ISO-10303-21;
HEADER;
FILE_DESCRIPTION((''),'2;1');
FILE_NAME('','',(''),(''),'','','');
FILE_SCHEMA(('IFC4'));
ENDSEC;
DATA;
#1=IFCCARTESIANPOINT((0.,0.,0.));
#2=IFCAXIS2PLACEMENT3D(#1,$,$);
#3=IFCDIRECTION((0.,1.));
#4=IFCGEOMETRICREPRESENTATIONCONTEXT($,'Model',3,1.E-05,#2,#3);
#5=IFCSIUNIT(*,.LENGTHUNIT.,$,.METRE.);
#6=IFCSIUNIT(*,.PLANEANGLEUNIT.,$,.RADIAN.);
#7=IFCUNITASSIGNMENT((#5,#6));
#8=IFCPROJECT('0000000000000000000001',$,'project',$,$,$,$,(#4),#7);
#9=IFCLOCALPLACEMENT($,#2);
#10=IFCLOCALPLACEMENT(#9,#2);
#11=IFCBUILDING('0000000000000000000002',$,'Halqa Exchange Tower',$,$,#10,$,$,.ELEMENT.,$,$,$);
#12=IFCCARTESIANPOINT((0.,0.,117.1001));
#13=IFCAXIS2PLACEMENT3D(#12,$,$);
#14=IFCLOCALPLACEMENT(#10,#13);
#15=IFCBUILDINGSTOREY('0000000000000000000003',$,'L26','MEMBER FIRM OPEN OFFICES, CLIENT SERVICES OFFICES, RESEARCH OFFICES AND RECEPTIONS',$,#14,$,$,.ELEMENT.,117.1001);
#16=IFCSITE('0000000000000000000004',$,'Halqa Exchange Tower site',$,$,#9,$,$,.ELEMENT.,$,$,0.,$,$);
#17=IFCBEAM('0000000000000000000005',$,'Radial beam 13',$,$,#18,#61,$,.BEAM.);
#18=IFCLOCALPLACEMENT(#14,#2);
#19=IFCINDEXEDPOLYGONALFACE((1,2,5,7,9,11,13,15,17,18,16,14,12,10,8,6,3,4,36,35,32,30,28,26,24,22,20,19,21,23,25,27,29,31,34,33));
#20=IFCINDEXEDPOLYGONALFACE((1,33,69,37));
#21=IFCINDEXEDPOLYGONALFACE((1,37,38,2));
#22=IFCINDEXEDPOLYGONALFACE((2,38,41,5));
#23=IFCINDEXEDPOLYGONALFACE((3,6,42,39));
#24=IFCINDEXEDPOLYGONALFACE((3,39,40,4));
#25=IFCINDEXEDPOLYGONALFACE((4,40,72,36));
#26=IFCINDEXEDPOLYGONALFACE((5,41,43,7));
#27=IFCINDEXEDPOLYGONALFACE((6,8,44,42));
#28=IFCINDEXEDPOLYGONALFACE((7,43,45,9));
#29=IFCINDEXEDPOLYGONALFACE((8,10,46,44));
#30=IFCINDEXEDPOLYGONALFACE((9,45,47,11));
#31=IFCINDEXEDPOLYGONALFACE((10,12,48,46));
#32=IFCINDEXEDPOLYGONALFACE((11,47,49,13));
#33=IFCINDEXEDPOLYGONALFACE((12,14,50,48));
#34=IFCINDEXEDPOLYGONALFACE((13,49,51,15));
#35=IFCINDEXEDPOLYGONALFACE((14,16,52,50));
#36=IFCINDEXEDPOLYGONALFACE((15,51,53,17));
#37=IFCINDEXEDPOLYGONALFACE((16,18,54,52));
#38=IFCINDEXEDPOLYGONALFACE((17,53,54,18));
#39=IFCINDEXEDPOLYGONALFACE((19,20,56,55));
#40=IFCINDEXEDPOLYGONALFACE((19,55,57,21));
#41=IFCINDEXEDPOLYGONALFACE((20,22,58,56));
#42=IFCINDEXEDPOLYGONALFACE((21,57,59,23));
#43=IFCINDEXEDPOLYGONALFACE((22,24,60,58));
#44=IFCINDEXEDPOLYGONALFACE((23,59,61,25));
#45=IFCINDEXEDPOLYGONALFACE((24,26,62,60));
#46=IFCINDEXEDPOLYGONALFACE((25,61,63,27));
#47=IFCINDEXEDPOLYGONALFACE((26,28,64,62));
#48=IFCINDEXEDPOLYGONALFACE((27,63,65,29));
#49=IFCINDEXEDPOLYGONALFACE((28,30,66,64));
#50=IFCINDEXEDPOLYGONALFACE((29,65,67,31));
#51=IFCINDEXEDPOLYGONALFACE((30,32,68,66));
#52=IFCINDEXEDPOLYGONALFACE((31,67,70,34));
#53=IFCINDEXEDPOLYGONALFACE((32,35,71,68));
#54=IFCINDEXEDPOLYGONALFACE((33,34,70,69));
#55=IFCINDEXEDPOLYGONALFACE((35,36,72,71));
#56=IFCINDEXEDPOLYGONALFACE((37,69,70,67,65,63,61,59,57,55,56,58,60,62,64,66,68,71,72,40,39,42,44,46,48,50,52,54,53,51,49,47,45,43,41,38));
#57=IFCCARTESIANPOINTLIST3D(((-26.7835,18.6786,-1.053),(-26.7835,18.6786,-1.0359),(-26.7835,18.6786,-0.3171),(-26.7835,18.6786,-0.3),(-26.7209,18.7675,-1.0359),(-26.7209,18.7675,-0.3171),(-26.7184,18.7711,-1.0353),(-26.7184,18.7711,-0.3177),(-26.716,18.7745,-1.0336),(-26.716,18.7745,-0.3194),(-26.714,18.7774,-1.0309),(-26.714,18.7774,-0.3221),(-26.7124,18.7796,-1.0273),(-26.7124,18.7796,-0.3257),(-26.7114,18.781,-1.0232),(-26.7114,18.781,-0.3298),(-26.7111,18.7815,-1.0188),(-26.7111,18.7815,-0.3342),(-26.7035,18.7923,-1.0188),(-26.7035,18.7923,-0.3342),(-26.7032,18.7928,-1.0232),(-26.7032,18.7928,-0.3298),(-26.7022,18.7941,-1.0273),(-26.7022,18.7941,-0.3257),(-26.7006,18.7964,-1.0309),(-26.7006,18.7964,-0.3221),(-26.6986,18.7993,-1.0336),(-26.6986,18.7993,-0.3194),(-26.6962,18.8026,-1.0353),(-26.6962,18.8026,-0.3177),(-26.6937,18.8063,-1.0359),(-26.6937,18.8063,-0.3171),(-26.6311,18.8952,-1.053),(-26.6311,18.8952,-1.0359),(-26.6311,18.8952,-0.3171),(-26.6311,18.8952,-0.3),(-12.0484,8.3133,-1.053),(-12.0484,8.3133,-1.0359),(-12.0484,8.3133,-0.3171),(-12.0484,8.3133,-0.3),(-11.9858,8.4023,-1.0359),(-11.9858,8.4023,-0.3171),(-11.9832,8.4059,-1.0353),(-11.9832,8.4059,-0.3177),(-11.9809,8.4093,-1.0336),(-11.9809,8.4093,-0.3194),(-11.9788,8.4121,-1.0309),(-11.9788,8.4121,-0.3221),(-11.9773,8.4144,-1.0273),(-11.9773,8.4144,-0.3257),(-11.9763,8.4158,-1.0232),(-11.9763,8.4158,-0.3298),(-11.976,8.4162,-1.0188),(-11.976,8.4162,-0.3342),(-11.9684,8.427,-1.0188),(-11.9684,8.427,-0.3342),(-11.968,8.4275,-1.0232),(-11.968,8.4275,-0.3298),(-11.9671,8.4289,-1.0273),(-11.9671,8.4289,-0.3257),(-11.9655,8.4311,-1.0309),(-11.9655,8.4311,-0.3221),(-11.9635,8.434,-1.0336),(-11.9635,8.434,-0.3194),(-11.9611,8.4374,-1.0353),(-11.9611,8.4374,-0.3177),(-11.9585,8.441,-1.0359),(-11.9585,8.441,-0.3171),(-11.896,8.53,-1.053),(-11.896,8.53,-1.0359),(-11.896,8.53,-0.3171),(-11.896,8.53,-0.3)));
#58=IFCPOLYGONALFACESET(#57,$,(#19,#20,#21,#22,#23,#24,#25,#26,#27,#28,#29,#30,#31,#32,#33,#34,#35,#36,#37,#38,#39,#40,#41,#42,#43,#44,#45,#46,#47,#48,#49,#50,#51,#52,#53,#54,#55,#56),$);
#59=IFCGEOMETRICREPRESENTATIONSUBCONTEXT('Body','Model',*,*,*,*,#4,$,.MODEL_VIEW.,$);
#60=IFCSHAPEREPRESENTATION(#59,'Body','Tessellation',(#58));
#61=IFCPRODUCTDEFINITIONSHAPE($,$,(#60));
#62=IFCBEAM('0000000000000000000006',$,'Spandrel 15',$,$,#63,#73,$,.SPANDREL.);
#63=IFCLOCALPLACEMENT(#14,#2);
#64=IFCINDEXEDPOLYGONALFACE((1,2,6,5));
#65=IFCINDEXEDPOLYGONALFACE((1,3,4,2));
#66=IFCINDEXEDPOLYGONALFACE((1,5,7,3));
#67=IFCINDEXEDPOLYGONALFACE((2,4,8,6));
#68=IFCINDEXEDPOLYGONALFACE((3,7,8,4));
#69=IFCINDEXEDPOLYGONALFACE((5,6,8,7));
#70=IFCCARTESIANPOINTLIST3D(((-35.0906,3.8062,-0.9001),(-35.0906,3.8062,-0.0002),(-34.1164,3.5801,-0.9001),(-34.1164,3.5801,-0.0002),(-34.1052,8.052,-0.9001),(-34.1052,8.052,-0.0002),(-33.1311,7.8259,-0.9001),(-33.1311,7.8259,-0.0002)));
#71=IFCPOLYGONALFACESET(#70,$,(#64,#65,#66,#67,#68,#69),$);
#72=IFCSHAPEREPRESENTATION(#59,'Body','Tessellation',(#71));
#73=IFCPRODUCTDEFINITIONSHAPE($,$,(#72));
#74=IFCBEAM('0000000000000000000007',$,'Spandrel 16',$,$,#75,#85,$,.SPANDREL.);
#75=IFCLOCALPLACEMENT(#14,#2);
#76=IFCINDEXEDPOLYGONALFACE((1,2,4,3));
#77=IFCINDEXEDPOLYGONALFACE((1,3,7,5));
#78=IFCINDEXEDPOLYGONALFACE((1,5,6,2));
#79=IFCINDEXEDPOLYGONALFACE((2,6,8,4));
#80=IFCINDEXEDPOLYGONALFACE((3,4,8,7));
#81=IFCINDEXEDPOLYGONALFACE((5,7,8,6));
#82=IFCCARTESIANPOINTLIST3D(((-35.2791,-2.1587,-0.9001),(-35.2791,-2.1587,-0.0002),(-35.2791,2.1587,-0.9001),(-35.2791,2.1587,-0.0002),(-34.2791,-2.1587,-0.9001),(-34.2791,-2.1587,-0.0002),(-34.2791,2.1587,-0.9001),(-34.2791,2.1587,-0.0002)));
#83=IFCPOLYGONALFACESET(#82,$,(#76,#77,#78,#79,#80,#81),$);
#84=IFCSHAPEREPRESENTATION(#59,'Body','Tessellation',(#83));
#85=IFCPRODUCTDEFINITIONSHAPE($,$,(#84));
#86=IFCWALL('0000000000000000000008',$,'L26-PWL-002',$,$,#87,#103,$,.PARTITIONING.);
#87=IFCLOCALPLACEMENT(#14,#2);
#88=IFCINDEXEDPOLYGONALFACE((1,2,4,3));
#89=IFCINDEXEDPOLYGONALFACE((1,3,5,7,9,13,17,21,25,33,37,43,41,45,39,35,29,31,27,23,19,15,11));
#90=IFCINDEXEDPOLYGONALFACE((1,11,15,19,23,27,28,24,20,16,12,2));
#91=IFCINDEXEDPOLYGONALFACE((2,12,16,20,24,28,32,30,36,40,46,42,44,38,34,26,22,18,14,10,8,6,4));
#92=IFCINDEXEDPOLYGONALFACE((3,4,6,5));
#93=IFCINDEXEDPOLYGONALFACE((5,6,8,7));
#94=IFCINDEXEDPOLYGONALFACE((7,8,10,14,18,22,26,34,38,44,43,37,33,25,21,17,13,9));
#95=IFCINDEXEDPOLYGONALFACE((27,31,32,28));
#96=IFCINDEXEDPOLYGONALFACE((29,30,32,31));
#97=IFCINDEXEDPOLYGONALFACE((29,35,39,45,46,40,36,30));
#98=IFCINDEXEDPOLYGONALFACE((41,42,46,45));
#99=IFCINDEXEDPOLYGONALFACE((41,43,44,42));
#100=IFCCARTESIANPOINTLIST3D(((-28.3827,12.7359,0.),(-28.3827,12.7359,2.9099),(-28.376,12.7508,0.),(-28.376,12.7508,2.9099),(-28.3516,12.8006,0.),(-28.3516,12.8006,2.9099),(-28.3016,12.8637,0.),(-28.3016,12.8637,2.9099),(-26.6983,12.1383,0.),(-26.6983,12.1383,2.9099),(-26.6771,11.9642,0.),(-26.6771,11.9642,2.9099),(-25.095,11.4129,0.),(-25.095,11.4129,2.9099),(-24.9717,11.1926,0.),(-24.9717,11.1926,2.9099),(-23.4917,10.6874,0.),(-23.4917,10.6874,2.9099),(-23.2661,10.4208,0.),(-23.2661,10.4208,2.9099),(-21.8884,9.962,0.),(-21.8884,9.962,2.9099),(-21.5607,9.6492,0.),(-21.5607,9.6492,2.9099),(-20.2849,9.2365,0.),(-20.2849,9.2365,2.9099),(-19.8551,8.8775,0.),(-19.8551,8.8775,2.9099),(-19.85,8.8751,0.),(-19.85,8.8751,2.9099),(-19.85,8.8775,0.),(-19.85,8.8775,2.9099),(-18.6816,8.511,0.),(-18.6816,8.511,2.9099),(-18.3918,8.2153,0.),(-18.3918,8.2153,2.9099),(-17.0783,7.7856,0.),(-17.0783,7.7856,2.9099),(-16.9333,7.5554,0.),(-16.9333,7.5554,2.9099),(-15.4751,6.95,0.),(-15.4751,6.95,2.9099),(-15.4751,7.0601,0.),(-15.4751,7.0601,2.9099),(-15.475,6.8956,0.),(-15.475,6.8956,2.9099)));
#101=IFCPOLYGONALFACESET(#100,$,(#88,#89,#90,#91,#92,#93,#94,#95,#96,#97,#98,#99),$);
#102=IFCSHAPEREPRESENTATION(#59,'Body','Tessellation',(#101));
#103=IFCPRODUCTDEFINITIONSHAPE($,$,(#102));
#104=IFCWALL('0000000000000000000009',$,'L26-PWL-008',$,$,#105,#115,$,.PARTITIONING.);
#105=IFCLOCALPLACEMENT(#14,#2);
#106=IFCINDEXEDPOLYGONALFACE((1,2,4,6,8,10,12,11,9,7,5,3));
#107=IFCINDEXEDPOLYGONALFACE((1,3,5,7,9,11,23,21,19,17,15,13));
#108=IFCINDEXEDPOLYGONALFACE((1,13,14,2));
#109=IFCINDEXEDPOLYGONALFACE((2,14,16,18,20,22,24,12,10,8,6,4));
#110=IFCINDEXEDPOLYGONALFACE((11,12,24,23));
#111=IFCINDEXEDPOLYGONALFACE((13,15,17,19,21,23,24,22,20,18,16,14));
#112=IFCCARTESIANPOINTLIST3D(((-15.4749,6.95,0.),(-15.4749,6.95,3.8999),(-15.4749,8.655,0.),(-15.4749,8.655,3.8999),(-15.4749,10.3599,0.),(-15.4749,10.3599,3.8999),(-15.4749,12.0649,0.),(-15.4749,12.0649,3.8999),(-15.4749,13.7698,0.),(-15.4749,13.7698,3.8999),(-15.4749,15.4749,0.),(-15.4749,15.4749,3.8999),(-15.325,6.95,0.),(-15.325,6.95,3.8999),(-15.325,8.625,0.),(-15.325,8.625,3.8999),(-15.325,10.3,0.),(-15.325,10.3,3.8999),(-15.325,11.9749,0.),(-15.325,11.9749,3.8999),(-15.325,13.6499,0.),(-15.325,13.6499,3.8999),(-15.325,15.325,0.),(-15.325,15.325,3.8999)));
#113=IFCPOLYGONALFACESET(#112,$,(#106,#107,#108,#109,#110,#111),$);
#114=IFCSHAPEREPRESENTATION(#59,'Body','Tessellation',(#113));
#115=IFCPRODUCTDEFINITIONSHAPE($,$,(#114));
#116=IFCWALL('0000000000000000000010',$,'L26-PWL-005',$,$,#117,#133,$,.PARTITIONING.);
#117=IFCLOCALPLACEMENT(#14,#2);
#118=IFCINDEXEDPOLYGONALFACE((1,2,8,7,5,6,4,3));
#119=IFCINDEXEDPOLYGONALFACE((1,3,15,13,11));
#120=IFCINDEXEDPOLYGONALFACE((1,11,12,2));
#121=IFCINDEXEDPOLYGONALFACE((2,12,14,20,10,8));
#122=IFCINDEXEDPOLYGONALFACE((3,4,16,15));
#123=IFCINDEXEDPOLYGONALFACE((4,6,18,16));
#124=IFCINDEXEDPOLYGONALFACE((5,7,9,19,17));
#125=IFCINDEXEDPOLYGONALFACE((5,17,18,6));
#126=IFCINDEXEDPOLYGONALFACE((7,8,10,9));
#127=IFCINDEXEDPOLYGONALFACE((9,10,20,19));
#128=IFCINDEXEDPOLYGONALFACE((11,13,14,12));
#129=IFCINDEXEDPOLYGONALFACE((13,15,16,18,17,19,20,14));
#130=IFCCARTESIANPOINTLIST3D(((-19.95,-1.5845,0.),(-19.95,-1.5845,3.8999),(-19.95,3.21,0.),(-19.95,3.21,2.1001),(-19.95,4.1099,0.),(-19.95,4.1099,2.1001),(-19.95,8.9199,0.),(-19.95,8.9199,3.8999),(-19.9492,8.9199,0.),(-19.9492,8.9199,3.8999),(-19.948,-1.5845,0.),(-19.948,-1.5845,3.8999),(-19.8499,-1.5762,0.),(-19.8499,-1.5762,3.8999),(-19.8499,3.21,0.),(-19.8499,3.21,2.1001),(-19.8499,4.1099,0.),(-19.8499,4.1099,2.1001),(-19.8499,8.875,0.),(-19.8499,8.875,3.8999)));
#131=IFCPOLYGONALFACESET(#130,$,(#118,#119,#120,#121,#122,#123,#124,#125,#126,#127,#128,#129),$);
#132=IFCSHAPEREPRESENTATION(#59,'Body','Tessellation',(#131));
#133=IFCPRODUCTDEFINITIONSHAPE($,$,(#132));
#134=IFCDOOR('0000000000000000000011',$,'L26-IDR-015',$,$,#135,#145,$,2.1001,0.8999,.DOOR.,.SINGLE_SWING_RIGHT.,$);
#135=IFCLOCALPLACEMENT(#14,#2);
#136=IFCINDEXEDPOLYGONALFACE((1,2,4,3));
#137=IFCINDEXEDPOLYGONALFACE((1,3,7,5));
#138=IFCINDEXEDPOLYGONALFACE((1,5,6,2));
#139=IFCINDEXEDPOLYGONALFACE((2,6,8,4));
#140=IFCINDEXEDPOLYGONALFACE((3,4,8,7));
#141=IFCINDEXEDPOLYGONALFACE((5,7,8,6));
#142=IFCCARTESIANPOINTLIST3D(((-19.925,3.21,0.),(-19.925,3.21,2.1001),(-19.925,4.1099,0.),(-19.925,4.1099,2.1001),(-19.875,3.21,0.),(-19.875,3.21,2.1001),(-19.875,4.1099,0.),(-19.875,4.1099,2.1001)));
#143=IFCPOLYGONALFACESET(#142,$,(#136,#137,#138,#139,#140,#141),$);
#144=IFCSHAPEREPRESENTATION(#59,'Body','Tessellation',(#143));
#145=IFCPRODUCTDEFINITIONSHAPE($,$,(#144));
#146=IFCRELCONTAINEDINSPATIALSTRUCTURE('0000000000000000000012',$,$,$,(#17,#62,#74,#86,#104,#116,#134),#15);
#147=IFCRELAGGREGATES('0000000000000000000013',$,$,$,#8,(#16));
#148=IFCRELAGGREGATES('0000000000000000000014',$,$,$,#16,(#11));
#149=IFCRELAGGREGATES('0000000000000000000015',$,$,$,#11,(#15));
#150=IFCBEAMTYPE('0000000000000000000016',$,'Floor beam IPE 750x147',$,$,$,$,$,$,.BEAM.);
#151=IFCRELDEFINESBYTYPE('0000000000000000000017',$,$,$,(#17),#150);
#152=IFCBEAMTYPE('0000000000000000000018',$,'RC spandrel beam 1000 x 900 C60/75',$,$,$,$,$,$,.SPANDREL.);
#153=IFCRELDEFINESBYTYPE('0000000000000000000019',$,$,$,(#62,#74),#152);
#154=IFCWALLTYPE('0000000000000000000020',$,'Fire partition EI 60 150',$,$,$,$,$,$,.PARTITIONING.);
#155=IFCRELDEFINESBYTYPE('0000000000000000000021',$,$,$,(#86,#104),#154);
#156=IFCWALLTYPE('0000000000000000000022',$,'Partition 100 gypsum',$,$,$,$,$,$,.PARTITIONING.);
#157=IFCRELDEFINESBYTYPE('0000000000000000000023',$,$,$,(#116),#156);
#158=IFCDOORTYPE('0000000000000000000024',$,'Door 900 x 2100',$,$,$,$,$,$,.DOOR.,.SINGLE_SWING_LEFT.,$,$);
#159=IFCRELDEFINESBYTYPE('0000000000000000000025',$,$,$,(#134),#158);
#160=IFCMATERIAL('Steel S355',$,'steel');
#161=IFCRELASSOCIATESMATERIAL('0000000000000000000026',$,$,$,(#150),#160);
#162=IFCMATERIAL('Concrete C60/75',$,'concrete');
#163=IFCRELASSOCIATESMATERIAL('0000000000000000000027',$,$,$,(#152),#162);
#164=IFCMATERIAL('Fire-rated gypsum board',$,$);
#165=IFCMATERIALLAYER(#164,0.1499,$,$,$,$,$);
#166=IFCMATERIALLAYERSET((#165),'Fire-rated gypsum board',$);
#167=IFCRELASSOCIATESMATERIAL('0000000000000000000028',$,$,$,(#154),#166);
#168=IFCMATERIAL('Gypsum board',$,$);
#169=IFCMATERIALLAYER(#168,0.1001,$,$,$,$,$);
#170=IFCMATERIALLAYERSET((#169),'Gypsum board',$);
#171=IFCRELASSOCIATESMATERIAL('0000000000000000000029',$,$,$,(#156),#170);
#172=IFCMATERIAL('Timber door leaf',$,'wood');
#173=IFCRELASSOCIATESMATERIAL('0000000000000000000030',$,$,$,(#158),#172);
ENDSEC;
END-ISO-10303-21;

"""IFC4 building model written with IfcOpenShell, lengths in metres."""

from ifc_helpers import new_model, si_unit, direction, frame, frame_2d, origin, origin_2d, place, context, subcontext, project, spatial, polyline, rectangle, i_section, outline, extrude, material, layer, layer_set, material_profile, profile_set, type_object, element, fill, save


model = new_model("IFC4")

# Units and contexts
model_context = context("Model", 3, precision=1e-05, world=origin(), true_north=direction((0.0, 1.0)))
body_context = subcontext(model_context, "Body", "Model", "MODEL_VIEW")
ifc_project = project(units=[si_unit("LENGTHUNIT", "METRE"), si_unit("PLANEANGLEUNIT", "RADIAN")], contexts=[model_context])

# Site, building, storey
site_placement = place(None, origin())
site = spatial("IfcSite", under=ifc_project, at=site_placement, Name="Halqa Exchange Tower site", CompositionType="ELEMENT", RefElevation=0.0)
building_placement = place(site_placement, origin())
building = spatial("IfcBuilding", under=site, at=building_placement, Name="Halqa Exchange Tower", CompositionType="ELEMENT")
storey_placement = place(building_placement, frame((0.0, 0.0, 117.1001)))
storey = spatial("IfcBuildingStorey", under=building, at=storey_placement, Name="L26", Description="MEMBER FIRM OPEN OFFICES, CLIENT SERVICES OFFICES, RESEARCH OFFICES AND RECEPTIONS", CompositionType="ELEMENT", Elevation=117.1001)

# Beams
ifc_material_1 = material(Name="Steel S355", Category="steel")
ifc_material_profile_1 = material_profile(ifc_material_1, i_section(OverallWidth=0.2649, OverallDepth=0.7529, WebThickness=0.0132, FlangeThickness=0.0171, FilletRadius=0.0171, at=origin_2d()), Name="IPE 750x147")
ifc_profile_set_1 = profile_set([ifc_material_profile_1], Name="Steel S355")
beam_type_1 = type_object("IfcBeamType", Name="Floor beam IPE 750x147", PredefinedType="BEAM", material=ifc_profile_set_1)
beam_1_placement = place(storey_placement, frame((-11.9722, 8.4216, -0.6765), z_axis=(-0.817909, 0.575348, 0.0), x_axis=(-0.575348, -0.817909, 0.0)))
element("IfcBeam", 1, at=beam_1_placement, inside=storey, type_object=beam_type_1, Name="Radial beam 13", PredefinedType="BEAM", context=body_context, shape_type="SweptSolid", body=[
    extrude(i_section(OverallWidth=0.2649, OverallDepth=0.7529, WebThickness=0.0132, FlangeThickness=0.0171, FilletRadius=0.0171, at=origin_2d()), origin(), (0.0, 0.0, 1.0), 18.0156),
])
ifc_material_2 = material(Name="Concrete C60/75", Category="concrete")
ifc_material_profile_2 = material_profile(ifc_material_2, rectangle(XDim=1.0, YDim=0.8999, at=origin_2d()), Name="1000 x 900")
ifc_profile_set_2 = profile_set([ifc_material_profile_2], Name="Concrete C60/75")
beam_type_2 = type_object("IfcBeamType", Name="RC spandrel beam 1000 x 900 C60/75", PredefinedType="SPANDREL", material=ifc_profile_set_2)
beam_2_placement = place(storey_placement, frame((-33.6182, 7.939, -0.4502), z_axis=(-0.226066, -0.974112, 0.0), x_axis=(0.974112, -0.226066, 0.0)))
element("IfcBeam", 2, at=beam_2_placement, inside=storey, type_object=beam_type_2, Name="Spandrel 15", PredefinedType="SPANDREL", context=body_context, shape_type="SweptSolid", body=[
    extrude(rectangle(XDim=1.0, YDim=0.8999, at=origin_2d()), origin(), (0.0, 0.0, 1.0), 4.3586),
])
beam_3_placement = place(storey_placement, frame((-34.7791, 2.1587, -0.4502), z_axis=(0.0, -1.0, 0.0), x_axis=(1.0, 0.0, 0.0)))
element("IfcBeam", 3, at=beam_3_placement, inside=storey, type_object=beam_type_2, Name="Spandrel 16", PredefinedType="SPANDREL", context=body_context, shape_type="SweptSolid", body=[
    extrude(rectangle(XDim=1.0, YDim=0.8999, at=origin_2d()), origin(), (0.0, 0.0, 1.0), 4.3174),
])

# Walls
ifc_material_3 = material(Name="Fire-rated gypsum board")
ifc_layer_1 = layer(ifc_material_3, 0.1499)
ifc_layer_set_1 = layer_set([ifc_layer_1], Name="Fire-rated gypsum board")
wall_type_1 = type_object("IfcWallType", Name="Fire partition EI 60 150", PredefinedType="PARTITIONING", material=ifc_layer_set_1)
wall_1_placement = place(storey_placement, frame((-28.3518, 12.8042, 0.0), z_axis=(0.0, 0.0, 1.0), x_axis=(0.911078, -0.412234, 0.0)))
element("IfcWall", 4, at=wall_1_placement, inside=storey, type_object=wall_type_1, Name="L26-PWL-002", PredefinedType="PARTITIONING", context=body_context, shape_type="SweptSolid", body=[
    extrude(outline(polyline([(0.0, -0.075), (1.8721, -0.075), (3.7439, -0.075), (5.616, -0.075), (7.4878, -0.075), (9.3599, -0.075), (9.3645, -0.0728), (9.3655, -0.075), (10.9661, -0.075), (12.5669, -0.075), (14.1675, -0.075), (14.1675, -0.075), (14.145, -0.0254), (14.0996, 0.075), (12.3398, 0.075), (10.5801, 0.075), (8.8203, 0.075), (7.0603, 0.075), (5.3005, 0.075), (3.5408, 0.075), (1.781, 0.075), (0.0212, 0.075), (0.0017, -0.0032), (0.0, -0.0586), (0.0, -0.075)])), origin(), (0.0, 0.0, 1.0), 2.9099),
])
wall_2_placement = place(storey_placement, frame((-15.3999, 6.95, 0.0), z_axis=(0.0, 0.0, 1.0), x_axis=(0.0, 1.0, 0.0)))
element("IfcWall", 5, at=wall_2_placement, inside=storey, type_object=wall_type_1, Name="L26-PWL-008", PredefinedType="PARTITIONING", context=body_context, shape_type="SweptSolid", body=[
    extrude(outline(polyline([(0.0, -0.075), (1.675, -0.075), (3.3501, -0.075), (5.0249, -0.075), (6.7, -0.075), (8.375, -0.075), (8.5249, 0.075), (6.8198, 0.075), (5.115, 0.075), (3.4099, 0.075), (1.7051, 0.075), (0.0, 0.075), (0.0, -0.075)])), origin(), (0.0, 0.0, 1.0), 3.8999),
])

# Wall, opening, door
ifc_material_4 = material(Name="Gypsum board")
ifc_layer_2 = layer(ifc_material_4, 0.1001)
ifc_layer_set_2 = layer_set([ifc_layer_2], Name="Gypsum board")
wall_type_2 = type_object("IfcWallType", Name="Partition 100 gypsum", PredefinedType="PARTITIONING", material=ifc_layer_set_2)
wall_3_placement = place(storey_placement, frame((-19.8999, -1.5845, 0.0), z_axis=(0.0, 0.0, 1.0), x_axis=(0.0, 1.0, 0.0)))
wall_3 = element("IfcWall", 6, at=wall_3_placement, inside=storey, type_object=wall_type_2, Name="L26-PWL-005", PredefinedType="PARTITIONING", context=body_context, shape_type="SweptSolid", body=[
    extrude(outline(polyline([(0.0083, -0.05), (1.75, -0.05), (3.4919, -0.05), (5.2339, -0.05), (6.9756, -0.05), (8.7175, -0.05), (10.4595, -0.05), (10.5044, 0.0493), (10.5044, 0.05), (8.7537, 0.05), (7.0029, 0.05), (5.2522, 0.05), (3.5015, 0.05), (1.7507, 0.05), (0.0, 0.05), (0.0, 0.0481), (0.0083, -0.05)])), origin(), (0.0, 0.0, 1.0), 3.8999),
])
opening_1_placement = place(wall_3_placement, frame((4.7944, 0.0, 0.0)))
opening_1 = element("IfcOpeningElement", 7, at=opening_1_placement, cuts=wall_3, PredefinedType="OPENING", context=body_context, shape_type="SweptSolid", body=[
    extrude(rectangle(XDim=0.8999, YDim=2.1001, at=frame_2d((0.45, 1.05))), frame((0.0, 0.062, 0.0), z_axis=(0.0, -1.0, 0.0), x_axis=(1.0, 0.0, 0.0)), (0.0, 0.0, 1.0), 0.124),
])
ifc_material_5 = material(Name="Timber door leaf", Category="wood")
door_type_1 = type_object("IfcDoorType", Name="Door 900 x 2100", OperationType="SINGLE_SWING_LEFT", PredefinedType="DOOR", material=ifc_material_5)
door_1_placement = place(opening_1_placement, frame((0.8999, 0.0, 0.0), z_axis=(0.0, 0.0, 1.0), x_axis=(-1.0, 0.0, 0.0)))
door_1 = element("IfcDoor", 8, at=door_1_placement, inside=storey, type_object=door_type_1, Name="L26-IDR-015", OperationType="SINGLE_SWING_RIGHT", OverallHeight=2.1001, OverallWidth=0.8999, PredefinedType="DOOR", context=body_context, shape_type="SweptSolid", body=[
    extrude(rectangle(XDim=0.8999, YDim=2.1001, at=frame_2d((0.45, 1.05))), frame((0.0, 0.0249, 0.0), z_axis=(0.0, -1.0, 0.0), x_axis=(1.0, 0.0, 0.0)), (0.0, 0.0, 1.0), 0.05),
])
fill(opening_1, door_1)

save(model, "model.ifc")
